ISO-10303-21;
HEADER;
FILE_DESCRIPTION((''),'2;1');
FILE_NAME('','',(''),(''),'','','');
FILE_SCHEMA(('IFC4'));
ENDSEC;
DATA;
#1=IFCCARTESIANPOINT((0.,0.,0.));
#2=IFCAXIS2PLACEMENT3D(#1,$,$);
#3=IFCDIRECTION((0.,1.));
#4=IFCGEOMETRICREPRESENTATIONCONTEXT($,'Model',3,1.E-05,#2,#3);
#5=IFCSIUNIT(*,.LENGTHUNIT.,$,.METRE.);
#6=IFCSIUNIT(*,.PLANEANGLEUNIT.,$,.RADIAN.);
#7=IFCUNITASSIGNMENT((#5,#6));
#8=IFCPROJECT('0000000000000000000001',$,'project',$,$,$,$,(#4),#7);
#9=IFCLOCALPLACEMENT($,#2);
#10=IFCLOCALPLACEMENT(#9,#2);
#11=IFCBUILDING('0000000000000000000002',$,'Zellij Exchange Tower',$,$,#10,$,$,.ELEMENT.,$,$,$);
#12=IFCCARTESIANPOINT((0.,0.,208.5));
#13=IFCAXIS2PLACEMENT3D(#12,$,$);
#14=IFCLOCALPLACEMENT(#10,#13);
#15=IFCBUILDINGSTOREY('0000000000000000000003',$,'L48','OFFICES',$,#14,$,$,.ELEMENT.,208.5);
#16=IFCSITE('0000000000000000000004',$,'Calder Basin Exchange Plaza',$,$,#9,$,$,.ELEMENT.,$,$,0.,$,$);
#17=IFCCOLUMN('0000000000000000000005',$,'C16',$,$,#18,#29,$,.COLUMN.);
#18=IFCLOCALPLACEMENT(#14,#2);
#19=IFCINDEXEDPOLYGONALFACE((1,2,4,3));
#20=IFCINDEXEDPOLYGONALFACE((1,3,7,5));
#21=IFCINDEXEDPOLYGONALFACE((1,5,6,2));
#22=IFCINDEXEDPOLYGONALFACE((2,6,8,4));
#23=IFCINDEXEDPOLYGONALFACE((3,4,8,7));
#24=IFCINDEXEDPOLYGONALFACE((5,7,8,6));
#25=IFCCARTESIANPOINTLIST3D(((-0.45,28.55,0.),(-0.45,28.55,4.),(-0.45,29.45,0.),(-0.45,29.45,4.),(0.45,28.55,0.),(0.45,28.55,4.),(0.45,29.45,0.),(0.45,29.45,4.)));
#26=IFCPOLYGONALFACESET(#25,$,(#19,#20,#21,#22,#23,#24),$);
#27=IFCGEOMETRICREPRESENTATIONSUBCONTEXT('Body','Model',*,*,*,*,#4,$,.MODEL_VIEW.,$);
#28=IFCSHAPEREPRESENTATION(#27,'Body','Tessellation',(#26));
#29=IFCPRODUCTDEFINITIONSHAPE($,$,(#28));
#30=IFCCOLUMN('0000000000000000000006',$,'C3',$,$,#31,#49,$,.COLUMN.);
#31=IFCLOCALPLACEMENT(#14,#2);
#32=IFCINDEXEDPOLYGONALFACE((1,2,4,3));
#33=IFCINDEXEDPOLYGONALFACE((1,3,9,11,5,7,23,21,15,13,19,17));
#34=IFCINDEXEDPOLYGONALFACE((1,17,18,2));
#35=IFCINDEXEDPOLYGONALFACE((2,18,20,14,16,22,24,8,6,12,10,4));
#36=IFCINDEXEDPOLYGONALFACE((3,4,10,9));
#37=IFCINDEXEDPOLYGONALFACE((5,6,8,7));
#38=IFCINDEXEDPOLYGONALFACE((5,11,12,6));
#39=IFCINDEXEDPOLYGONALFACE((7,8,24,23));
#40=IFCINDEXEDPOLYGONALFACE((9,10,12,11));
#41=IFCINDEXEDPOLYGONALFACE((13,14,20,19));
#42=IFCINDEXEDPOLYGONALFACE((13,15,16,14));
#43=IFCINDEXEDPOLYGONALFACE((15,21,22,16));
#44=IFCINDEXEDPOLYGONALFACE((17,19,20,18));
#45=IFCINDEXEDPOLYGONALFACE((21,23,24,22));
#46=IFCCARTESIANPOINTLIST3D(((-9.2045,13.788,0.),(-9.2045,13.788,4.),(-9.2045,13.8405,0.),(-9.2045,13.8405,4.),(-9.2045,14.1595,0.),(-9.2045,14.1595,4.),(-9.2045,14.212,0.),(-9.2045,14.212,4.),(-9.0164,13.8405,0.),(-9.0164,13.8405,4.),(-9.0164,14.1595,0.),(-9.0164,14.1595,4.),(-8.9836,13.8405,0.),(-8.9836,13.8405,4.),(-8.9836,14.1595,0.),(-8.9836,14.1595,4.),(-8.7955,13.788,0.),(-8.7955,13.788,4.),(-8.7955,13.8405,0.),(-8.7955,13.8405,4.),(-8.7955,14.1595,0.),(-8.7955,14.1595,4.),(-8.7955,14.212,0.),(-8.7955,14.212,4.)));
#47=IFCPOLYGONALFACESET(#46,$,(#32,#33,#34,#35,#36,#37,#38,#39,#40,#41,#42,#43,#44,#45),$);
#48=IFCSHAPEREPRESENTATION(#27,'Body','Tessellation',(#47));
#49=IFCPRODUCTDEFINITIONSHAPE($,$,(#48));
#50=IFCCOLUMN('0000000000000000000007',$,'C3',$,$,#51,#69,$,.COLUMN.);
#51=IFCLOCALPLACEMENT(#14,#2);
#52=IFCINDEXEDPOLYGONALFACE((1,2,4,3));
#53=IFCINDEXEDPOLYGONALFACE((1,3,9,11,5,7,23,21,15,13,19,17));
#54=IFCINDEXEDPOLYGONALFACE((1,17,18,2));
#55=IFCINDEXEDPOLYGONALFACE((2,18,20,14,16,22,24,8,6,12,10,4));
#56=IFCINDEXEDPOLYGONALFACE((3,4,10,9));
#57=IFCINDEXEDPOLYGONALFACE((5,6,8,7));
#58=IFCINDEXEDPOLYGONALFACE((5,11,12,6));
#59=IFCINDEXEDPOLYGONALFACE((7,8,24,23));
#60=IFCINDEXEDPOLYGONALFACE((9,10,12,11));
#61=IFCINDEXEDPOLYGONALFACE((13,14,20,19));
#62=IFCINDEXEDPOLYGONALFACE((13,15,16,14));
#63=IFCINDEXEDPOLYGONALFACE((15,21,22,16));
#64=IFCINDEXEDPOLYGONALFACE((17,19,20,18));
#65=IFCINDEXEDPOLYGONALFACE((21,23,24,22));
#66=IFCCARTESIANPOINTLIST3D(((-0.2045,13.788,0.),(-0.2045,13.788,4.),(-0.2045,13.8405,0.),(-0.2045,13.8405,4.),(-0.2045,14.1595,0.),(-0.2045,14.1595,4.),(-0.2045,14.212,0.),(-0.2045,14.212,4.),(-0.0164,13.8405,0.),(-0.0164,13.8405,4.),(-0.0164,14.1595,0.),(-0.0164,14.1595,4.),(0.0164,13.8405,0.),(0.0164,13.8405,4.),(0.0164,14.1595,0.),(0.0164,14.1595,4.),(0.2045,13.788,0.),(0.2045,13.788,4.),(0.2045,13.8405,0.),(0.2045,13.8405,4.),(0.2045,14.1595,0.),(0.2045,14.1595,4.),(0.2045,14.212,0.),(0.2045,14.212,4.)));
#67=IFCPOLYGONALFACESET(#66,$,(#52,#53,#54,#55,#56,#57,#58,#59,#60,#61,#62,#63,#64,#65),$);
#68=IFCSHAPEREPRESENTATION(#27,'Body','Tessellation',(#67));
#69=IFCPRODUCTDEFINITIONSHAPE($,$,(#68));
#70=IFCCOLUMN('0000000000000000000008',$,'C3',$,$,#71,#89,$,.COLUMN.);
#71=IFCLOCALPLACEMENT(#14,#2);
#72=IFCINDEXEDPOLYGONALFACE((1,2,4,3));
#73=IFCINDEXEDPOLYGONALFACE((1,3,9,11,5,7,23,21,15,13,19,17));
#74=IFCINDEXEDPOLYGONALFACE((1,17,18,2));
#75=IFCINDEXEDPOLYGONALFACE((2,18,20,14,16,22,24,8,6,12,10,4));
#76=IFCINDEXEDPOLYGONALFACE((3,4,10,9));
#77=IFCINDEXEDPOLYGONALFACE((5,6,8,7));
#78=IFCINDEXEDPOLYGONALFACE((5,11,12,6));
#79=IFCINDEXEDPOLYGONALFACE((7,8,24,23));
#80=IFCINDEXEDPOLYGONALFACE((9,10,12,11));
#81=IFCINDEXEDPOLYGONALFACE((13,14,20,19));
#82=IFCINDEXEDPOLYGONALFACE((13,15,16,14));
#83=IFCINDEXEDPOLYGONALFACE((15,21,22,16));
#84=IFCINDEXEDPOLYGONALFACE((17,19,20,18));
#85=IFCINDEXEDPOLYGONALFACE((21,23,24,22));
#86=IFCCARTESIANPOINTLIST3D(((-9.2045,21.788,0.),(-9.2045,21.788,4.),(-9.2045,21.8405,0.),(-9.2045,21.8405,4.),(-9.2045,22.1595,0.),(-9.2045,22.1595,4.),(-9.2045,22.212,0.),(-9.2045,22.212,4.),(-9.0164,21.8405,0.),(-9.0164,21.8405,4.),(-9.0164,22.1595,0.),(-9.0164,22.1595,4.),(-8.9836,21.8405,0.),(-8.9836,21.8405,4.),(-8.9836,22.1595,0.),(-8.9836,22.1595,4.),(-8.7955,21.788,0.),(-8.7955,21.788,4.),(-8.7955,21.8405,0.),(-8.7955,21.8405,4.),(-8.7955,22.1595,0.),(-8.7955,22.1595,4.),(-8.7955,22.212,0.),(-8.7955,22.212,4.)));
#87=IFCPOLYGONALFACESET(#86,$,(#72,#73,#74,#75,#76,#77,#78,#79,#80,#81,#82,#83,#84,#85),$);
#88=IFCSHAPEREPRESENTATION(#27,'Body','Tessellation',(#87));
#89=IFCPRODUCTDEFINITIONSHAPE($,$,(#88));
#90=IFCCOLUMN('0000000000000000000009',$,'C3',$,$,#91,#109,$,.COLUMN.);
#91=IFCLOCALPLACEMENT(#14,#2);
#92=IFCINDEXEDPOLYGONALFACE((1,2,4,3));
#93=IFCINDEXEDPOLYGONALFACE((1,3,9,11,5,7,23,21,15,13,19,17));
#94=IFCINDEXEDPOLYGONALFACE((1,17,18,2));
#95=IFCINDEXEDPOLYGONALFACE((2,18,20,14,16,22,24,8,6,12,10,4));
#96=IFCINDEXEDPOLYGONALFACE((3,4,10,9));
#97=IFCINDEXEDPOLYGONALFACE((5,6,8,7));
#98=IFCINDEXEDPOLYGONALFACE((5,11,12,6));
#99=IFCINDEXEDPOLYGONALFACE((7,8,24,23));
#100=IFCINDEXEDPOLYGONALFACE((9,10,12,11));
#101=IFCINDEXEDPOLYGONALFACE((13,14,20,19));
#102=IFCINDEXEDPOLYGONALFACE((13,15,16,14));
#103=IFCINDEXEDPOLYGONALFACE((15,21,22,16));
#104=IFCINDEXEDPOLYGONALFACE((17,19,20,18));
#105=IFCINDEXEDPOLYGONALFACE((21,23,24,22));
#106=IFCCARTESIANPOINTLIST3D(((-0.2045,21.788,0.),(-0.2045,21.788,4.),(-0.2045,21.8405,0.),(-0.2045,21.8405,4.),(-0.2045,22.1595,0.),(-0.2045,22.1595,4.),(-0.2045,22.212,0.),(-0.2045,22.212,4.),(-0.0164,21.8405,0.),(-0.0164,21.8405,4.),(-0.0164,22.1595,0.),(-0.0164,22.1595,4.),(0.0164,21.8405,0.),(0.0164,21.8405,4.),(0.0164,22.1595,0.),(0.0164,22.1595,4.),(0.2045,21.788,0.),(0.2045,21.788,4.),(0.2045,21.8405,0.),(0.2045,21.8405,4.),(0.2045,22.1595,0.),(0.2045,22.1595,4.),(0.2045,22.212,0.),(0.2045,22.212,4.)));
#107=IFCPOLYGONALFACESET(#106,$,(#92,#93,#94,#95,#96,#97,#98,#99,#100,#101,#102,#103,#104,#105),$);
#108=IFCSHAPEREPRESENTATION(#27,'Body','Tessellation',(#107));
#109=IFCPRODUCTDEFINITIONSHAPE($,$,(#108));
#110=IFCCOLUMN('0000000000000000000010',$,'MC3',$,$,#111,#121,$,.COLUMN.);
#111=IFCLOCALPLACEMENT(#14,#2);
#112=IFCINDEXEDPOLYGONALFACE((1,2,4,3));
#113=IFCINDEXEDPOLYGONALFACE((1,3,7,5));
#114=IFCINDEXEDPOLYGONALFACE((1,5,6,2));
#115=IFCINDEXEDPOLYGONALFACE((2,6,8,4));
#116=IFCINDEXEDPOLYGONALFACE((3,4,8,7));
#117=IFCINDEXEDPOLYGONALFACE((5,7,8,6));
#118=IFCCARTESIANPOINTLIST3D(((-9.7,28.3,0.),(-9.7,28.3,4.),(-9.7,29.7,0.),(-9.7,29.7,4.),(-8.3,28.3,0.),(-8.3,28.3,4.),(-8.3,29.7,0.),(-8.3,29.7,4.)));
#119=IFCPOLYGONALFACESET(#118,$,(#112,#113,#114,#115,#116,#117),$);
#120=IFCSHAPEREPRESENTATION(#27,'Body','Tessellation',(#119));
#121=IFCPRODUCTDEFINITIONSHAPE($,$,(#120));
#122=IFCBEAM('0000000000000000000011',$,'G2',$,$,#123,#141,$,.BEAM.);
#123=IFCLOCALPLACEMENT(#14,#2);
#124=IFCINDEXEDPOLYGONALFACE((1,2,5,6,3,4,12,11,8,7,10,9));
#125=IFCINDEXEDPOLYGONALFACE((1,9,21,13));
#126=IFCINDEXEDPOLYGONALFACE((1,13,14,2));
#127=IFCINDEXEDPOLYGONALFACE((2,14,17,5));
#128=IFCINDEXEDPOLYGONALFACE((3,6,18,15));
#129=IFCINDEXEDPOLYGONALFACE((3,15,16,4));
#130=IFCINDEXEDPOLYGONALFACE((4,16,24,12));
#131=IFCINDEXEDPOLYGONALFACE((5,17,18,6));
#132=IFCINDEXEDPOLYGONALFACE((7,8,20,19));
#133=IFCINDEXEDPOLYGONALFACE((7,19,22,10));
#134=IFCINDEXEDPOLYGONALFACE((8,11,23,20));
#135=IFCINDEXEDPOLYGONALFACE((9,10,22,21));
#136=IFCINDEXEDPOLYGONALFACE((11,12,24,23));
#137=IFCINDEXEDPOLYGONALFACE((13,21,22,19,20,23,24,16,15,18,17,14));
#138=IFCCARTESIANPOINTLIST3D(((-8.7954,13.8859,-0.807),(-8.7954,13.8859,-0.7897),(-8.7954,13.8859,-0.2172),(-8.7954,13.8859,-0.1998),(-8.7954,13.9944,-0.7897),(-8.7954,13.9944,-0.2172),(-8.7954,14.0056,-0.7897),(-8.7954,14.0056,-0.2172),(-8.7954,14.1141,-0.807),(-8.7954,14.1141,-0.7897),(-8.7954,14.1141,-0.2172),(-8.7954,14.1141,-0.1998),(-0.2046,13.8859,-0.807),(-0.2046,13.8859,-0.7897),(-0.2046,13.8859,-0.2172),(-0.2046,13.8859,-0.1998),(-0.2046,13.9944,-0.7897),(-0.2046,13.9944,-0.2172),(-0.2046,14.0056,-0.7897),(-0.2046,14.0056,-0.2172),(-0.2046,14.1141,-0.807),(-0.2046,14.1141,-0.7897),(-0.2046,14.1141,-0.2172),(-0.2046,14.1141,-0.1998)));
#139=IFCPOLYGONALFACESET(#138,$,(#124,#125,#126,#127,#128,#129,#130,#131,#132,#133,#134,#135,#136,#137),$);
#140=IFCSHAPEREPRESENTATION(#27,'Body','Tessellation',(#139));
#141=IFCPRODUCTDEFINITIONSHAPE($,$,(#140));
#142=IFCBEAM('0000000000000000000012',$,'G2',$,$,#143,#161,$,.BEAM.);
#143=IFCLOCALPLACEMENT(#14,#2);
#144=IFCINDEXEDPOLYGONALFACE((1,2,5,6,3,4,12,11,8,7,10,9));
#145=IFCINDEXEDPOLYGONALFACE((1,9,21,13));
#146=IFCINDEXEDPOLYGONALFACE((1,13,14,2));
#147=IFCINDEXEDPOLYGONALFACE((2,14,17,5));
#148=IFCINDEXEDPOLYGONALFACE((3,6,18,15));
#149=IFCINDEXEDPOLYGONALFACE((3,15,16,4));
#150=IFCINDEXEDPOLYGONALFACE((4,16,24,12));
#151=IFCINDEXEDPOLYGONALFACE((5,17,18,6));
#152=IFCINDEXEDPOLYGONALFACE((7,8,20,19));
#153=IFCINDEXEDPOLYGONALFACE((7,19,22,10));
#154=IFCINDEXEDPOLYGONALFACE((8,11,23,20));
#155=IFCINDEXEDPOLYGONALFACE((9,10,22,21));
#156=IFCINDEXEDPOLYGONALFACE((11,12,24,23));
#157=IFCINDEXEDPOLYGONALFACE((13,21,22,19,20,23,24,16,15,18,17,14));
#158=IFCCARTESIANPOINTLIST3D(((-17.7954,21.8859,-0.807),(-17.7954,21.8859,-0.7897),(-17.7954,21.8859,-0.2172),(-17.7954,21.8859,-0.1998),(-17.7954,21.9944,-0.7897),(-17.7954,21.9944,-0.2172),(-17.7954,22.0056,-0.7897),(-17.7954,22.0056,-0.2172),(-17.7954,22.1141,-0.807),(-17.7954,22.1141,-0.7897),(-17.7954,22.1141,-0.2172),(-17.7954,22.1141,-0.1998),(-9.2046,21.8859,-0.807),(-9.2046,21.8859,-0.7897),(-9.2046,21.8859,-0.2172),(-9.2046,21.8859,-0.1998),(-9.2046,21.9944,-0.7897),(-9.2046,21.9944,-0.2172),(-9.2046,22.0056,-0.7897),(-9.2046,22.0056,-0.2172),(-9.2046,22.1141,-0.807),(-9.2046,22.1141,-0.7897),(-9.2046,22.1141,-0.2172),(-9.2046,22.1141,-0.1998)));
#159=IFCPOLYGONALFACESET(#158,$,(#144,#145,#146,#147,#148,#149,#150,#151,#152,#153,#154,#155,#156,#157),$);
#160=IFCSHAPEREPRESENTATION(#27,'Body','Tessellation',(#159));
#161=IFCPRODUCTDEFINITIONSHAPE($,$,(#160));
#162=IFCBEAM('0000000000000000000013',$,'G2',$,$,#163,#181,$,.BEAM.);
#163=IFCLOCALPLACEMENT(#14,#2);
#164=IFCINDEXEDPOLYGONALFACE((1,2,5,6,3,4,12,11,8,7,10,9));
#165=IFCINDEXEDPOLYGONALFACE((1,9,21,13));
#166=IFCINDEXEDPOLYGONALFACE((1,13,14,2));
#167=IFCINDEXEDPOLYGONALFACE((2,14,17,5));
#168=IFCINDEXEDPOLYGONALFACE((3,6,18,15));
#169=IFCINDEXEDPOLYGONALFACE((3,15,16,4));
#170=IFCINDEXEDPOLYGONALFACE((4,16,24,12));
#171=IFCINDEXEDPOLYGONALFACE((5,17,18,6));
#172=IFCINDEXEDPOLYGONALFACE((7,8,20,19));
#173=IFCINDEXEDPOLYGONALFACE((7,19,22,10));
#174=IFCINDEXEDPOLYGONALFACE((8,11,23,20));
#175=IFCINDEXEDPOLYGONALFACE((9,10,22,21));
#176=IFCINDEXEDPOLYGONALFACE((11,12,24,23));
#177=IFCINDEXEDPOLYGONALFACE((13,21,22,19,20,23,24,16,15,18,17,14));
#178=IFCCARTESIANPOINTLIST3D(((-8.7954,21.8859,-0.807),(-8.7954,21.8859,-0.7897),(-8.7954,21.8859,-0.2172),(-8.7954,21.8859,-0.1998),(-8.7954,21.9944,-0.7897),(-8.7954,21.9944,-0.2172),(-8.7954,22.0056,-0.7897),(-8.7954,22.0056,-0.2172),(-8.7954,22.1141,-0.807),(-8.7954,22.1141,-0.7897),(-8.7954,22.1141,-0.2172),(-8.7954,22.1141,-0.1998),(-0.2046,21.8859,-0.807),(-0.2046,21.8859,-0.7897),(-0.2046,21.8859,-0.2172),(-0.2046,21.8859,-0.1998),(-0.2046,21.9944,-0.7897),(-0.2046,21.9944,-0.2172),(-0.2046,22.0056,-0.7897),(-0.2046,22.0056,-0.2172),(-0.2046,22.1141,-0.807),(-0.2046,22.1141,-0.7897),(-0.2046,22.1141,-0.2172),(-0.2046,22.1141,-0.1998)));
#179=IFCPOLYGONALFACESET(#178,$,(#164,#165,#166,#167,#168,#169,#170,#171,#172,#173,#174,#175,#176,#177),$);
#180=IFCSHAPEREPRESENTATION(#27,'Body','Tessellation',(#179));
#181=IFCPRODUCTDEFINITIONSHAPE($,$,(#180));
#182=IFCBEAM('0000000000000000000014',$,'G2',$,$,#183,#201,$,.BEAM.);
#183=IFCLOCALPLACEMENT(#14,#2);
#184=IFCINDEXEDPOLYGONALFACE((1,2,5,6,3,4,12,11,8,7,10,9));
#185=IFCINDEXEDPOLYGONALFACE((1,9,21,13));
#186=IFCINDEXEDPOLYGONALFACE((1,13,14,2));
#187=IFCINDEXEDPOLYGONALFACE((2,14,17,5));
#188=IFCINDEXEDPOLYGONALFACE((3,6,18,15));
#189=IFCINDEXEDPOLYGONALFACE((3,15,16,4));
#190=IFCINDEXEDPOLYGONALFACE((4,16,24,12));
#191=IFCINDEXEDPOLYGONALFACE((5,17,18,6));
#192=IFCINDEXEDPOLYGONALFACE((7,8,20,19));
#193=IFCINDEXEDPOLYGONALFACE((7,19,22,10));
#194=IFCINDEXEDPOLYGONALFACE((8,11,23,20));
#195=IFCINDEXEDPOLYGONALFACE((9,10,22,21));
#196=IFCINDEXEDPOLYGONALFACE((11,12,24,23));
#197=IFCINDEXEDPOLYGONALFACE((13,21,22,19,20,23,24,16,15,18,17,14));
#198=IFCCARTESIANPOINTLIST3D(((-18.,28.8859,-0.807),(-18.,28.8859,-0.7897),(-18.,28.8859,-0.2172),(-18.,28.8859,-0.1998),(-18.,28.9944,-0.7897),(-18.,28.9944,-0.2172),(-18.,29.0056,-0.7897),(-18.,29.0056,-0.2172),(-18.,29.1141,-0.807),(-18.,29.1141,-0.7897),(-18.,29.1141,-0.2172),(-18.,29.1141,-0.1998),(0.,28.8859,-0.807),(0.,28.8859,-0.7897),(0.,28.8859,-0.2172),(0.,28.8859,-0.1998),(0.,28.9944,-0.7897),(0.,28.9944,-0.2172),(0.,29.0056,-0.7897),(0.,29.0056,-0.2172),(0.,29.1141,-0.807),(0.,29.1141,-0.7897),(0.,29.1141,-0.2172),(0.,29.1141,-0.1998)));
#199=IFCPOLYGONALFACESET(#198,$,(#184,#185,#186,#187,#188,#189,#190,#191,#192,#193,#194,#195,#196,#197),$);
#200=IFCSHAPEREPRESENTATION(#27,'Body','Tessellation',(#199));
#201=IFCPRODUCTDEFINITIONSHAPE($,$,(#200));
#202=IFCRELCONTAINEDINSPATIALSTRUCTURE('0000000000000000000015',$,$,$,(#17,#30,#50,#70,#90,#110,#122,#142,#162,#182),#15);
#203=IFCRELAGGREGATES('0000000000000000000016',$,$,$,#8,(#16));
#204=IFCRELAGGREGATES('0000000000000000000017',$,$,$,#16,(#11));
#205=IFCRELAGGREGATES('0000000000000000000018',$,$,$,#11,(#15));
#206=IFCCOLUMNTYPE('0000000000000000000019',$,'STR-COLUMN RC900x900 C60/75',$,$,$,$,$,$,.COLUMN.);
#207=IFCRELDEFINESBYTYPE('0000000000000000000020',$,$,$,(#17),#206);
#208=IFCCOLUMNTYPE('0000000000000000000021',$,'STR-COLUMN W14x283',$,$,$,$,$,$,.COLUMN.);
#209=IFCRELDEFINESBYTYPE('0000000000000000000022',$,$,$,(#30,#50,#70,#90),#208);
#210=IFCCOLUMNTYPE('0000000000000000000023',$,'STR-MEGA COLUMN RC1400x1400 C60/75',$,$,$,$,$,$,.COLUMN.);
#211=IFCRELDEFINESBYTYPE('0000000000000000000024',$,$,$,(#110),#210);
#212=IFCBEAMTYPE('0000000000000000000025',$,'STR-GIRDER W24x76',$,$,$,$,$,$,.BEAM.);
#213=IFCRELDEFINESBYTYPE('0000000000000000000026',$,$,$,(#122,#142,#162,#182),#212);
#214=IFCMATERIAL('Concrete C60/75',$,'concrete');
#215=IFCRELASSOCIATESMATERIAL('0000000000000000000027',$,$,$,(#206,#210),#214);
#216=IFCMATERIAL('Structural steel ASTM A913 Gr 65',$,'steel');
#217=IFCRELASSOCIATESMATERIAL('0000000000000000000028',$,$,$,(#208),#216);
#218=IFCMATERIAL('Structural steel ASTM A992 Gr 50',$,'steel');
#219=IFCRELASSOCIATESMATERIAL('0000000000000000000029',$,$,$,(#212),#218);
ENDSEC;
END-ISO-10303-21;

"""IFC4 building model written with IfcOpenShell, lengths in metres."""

from ifc_helpers import new_model, si_unit, direction, frame, origin, origin_2d, place, context, subcontext, project, spatial, rectangle, i_section, extrude, material, material_profile, profile_set, type_object, element, save


model = new_model("IFC4")

# Units and contexts
model_context = context("Model", 3, precision=1e-05, world=origin(), true_north=direction((0.0, 1.0)))
body_context = subcontext(model_context, "Body", "Model", "MODEL_VIEW")
ifc_project = project(units=[si_unit("LENGTHUNIT", "METRE"), si_unit("PLANEANGLEUNIT", "RADIAN")], contexts=[model_context])

# Site, building, storey
site_placement = place(None, origin())
site = spatial("IfcSite", under=ifc_project, at=site_placement, Name="Calder Basin Exchange Plaza", CompositionType="ELEMENT", RefElevation=0.0)
building_placement = place(site_placement, origin())
building = spatial("IfcBuilding", under=site, at=building_placement, Name="Zellij Exchange Tower", CompositionType="ELEMENT")
storey_placement = place(building_placement, frame((0.0, 0.0, 208.5)))
storey = spatial("IfcBuildingStorey", under=building, at=storey_placement, Name="L48", Description="OFFICES", CompositionType="ELEMENT", Elevation=208.5)

# Columns
ifc_material_1 = material(Name="Concrete C60/75", Category="concrete")
ifc_material_profile_1 = material_profile(ifc_material_1, rectangle(XDim=0.8999, YDim=0.8999, at=origin_2d()), Name="STR-COLUMN RC900x900 C60/75")
ifc_profile_set_1 = profile_set([ifc_material_profile_1], Name="Concrete C60/75")
column_type_1 = type_object("IfcColumnType", Name="STR-COLUMN RC900x900 C60/75", PredefinedType="COLUMN", material=ifc_profile_set_1)
column_1_placement = place(storey_placement, frame((0.0, 29.0, 0.0), z_axis=(0.0, 0.0, 1.0), x_axis=(1.0, 0.0, 0.0)))
element("IfcColumn", 1, at=column_1_placement, inside=storey, type_object=column_type_1, Name="C16", PredefinedType="COLUMN", context=body_context, shape_type="SweptSolid", body=[
    extrude(rectangle(XDim=0.8999, YDim=0.8999, at=origin_2d()), origin(), (0.0, 0.0, 1.0), 4.0),
])
ifc_material_2 = material(Name="Structural steel ASTM A913 Gr 65", Category="steel")
ifc_material_profile_2 = material_profile(ifc_material_2, i_section(OverallWidth=0.4089, OverallDepth=0.4241, WebThickness=0.0327, FlangeThickness=0.0525, at=origin_2d()), Name="W14x283")
ifc_profile_set_2 = profile_set([ifc_material_profile_2], Name="Structural steel ASTM A913 Gr 65")
column_type_2 = type_object("IfcColumnType", Name="STR-COLUMN W14x283", PredefinedType="COLUMN", material=ifc_profile_set_2)
for number, where, z_axis, x_axis, name in (
    (2, (-9.0, 14.0, 0.0), (0.0, 0.0, 1.0), (1.0, 0.0, 0.0), "C3"),
    (3, (0.0, 14.0, 0.0), (0.0, 0.0, 1.0), (1.0, 0.0, 0.0), "C3"),
    (4, (-9.0, 22.0, 0.0), (0.0, 0.0, 1.0), (1.0, 0.0, 0.0), "C3"),
    (5, (0.0, 22.0, 0.0), (0.0, 0.0, 1.0), (1.0, 0.0, 0.0), "C3"),
):
    element("IfcColumn", number, at=place(storey_placement, frame(where, z_axis=z_axis, x_axis=x_axis)), inside=storey, type_object=column_type_2, Name=name, PredefinedType="COLUMN", context=body_context, shape_type="SweptSolid", body=[
        extrude(i_section(OverallWidth=0.4089, OverallDepth=0.4241, WebThickness=0.0327, FlangeThickness=0.0525, at=origin_2d()), origin(), (0.0, 0.0, 1.0), 4.0),
    ])
ifc_material_profile_3 = material_profile(ifc_material_1, rectangle(XDim=1.3999, YDim=1.3999, at=origin_2d()), Name="STR-MEGA COLUMN RC1400x1400 C60/75")
ifc_profile_set_3 = profile_set([ifc_material_profile_3], Name="Concrete C60/75")
column_type_3 = type_object("IfcColumnType", Name="STR-MEGA COLUMN RC1400x1400 C60/75", PredefinedType="COLUMN", material=ifc_profile_set_3)
column_2_placement = place(storey_placement, frame((-9.0, 29.0, 0.0), z_axis=(0.0, 0.0, 1.0), x_axis=(1.0, 0.0, 0.0)))
element("IfcColumn", 6, at=column_2_placement, inside=storey, type_object=column_type_3, Name="MC3", PredefinedType="COLUMN", context=body_context, shape_type="SweptSolid", body=[
    extrude(rectangle(XDim=1.3999, YDim=1.3999, at=origin_2d()), origin(), (0.0, 0.0, 1.0), 4.0),
])

# Beams
ifc_material_3 = material(Name="Structural steel ASTM A992 Gr 50", Category="steel")
ifc_material_profile_4 = material_profile(ifc_material_3, i_section(OverallWidth=0.2283, OverallDepth=0.6072, WebThickness=0.0112, FlangeThickness=0.0173, at=origin_2d()), Name="W24x76")
ifc_profile_set_4 = profile_set([ifc_material_profile_4], Name="Structural steel ASTM A992 Gr 50")
beam_type = type_object("IfcBeamType", Name="STR-GIRDER W24x76", PredefinedType="BEAM", material=ifc_profile_set_4)
for number, where, z_axis, x_axis, name in (
    (7, (-8.7954, 14.0, -0.5034), (1.0, 0.0, 0.0), (0.0, 1.0, 0.0), "G2"),
    (8, (-17.7954, 22.0, -0.5034), (1.0, 0.0, 0.0), (0.0, 1.0, 0.0), "G2"),
    (9, (-8.7954, 22.0, -0.5034), (1.0, 0.0, 0.0), (0.0, 1.0, 0.0), "G2"),
):
    element("IfcBeam", number, at=place(storey_placement, frame(where, z_axis=z_axis, x_axis=x_axis)), inside=storey, type_object=beam_type, Name=name, PredefinedType="BEAM", context=body_context, shape_type="SweptSolid", body=[
        extrude(i_section(OverallWidth=0.2283, OverallDepth=0.6072, WebThickness=0.0112, FlangeThickness=0.0173, at=origin_2d()), origin(), (0.0, 0.0, 1.0), 8.5908),
    ])
for number, where, z_axis, x_axis, name in (
    (10, (-18.0, 29.0, -0.5034), (1.0, 0.0, 0.0), (0.0, 1.0, 0.0), "G2"),
):
    element("IfcBeam", number, at=place(storey_placement, frame(where, z_axis=z_axis, x_axis=x_axis)), inside=storey, type_object=beam_type, Name=name, PredefinedType="BEAM", context=body_context, shape_type="SweptSolid", body=[
        extrude(i_section(OverallWidth=0.2283, OverallDepth=0.6072, WebThickness=0.0112, FlangeThickness=0.0173, at=origin_2d()), origin(), (0.0, 0.0, 1.0), 18.0),
    ])

save(model, "model.ifc")
